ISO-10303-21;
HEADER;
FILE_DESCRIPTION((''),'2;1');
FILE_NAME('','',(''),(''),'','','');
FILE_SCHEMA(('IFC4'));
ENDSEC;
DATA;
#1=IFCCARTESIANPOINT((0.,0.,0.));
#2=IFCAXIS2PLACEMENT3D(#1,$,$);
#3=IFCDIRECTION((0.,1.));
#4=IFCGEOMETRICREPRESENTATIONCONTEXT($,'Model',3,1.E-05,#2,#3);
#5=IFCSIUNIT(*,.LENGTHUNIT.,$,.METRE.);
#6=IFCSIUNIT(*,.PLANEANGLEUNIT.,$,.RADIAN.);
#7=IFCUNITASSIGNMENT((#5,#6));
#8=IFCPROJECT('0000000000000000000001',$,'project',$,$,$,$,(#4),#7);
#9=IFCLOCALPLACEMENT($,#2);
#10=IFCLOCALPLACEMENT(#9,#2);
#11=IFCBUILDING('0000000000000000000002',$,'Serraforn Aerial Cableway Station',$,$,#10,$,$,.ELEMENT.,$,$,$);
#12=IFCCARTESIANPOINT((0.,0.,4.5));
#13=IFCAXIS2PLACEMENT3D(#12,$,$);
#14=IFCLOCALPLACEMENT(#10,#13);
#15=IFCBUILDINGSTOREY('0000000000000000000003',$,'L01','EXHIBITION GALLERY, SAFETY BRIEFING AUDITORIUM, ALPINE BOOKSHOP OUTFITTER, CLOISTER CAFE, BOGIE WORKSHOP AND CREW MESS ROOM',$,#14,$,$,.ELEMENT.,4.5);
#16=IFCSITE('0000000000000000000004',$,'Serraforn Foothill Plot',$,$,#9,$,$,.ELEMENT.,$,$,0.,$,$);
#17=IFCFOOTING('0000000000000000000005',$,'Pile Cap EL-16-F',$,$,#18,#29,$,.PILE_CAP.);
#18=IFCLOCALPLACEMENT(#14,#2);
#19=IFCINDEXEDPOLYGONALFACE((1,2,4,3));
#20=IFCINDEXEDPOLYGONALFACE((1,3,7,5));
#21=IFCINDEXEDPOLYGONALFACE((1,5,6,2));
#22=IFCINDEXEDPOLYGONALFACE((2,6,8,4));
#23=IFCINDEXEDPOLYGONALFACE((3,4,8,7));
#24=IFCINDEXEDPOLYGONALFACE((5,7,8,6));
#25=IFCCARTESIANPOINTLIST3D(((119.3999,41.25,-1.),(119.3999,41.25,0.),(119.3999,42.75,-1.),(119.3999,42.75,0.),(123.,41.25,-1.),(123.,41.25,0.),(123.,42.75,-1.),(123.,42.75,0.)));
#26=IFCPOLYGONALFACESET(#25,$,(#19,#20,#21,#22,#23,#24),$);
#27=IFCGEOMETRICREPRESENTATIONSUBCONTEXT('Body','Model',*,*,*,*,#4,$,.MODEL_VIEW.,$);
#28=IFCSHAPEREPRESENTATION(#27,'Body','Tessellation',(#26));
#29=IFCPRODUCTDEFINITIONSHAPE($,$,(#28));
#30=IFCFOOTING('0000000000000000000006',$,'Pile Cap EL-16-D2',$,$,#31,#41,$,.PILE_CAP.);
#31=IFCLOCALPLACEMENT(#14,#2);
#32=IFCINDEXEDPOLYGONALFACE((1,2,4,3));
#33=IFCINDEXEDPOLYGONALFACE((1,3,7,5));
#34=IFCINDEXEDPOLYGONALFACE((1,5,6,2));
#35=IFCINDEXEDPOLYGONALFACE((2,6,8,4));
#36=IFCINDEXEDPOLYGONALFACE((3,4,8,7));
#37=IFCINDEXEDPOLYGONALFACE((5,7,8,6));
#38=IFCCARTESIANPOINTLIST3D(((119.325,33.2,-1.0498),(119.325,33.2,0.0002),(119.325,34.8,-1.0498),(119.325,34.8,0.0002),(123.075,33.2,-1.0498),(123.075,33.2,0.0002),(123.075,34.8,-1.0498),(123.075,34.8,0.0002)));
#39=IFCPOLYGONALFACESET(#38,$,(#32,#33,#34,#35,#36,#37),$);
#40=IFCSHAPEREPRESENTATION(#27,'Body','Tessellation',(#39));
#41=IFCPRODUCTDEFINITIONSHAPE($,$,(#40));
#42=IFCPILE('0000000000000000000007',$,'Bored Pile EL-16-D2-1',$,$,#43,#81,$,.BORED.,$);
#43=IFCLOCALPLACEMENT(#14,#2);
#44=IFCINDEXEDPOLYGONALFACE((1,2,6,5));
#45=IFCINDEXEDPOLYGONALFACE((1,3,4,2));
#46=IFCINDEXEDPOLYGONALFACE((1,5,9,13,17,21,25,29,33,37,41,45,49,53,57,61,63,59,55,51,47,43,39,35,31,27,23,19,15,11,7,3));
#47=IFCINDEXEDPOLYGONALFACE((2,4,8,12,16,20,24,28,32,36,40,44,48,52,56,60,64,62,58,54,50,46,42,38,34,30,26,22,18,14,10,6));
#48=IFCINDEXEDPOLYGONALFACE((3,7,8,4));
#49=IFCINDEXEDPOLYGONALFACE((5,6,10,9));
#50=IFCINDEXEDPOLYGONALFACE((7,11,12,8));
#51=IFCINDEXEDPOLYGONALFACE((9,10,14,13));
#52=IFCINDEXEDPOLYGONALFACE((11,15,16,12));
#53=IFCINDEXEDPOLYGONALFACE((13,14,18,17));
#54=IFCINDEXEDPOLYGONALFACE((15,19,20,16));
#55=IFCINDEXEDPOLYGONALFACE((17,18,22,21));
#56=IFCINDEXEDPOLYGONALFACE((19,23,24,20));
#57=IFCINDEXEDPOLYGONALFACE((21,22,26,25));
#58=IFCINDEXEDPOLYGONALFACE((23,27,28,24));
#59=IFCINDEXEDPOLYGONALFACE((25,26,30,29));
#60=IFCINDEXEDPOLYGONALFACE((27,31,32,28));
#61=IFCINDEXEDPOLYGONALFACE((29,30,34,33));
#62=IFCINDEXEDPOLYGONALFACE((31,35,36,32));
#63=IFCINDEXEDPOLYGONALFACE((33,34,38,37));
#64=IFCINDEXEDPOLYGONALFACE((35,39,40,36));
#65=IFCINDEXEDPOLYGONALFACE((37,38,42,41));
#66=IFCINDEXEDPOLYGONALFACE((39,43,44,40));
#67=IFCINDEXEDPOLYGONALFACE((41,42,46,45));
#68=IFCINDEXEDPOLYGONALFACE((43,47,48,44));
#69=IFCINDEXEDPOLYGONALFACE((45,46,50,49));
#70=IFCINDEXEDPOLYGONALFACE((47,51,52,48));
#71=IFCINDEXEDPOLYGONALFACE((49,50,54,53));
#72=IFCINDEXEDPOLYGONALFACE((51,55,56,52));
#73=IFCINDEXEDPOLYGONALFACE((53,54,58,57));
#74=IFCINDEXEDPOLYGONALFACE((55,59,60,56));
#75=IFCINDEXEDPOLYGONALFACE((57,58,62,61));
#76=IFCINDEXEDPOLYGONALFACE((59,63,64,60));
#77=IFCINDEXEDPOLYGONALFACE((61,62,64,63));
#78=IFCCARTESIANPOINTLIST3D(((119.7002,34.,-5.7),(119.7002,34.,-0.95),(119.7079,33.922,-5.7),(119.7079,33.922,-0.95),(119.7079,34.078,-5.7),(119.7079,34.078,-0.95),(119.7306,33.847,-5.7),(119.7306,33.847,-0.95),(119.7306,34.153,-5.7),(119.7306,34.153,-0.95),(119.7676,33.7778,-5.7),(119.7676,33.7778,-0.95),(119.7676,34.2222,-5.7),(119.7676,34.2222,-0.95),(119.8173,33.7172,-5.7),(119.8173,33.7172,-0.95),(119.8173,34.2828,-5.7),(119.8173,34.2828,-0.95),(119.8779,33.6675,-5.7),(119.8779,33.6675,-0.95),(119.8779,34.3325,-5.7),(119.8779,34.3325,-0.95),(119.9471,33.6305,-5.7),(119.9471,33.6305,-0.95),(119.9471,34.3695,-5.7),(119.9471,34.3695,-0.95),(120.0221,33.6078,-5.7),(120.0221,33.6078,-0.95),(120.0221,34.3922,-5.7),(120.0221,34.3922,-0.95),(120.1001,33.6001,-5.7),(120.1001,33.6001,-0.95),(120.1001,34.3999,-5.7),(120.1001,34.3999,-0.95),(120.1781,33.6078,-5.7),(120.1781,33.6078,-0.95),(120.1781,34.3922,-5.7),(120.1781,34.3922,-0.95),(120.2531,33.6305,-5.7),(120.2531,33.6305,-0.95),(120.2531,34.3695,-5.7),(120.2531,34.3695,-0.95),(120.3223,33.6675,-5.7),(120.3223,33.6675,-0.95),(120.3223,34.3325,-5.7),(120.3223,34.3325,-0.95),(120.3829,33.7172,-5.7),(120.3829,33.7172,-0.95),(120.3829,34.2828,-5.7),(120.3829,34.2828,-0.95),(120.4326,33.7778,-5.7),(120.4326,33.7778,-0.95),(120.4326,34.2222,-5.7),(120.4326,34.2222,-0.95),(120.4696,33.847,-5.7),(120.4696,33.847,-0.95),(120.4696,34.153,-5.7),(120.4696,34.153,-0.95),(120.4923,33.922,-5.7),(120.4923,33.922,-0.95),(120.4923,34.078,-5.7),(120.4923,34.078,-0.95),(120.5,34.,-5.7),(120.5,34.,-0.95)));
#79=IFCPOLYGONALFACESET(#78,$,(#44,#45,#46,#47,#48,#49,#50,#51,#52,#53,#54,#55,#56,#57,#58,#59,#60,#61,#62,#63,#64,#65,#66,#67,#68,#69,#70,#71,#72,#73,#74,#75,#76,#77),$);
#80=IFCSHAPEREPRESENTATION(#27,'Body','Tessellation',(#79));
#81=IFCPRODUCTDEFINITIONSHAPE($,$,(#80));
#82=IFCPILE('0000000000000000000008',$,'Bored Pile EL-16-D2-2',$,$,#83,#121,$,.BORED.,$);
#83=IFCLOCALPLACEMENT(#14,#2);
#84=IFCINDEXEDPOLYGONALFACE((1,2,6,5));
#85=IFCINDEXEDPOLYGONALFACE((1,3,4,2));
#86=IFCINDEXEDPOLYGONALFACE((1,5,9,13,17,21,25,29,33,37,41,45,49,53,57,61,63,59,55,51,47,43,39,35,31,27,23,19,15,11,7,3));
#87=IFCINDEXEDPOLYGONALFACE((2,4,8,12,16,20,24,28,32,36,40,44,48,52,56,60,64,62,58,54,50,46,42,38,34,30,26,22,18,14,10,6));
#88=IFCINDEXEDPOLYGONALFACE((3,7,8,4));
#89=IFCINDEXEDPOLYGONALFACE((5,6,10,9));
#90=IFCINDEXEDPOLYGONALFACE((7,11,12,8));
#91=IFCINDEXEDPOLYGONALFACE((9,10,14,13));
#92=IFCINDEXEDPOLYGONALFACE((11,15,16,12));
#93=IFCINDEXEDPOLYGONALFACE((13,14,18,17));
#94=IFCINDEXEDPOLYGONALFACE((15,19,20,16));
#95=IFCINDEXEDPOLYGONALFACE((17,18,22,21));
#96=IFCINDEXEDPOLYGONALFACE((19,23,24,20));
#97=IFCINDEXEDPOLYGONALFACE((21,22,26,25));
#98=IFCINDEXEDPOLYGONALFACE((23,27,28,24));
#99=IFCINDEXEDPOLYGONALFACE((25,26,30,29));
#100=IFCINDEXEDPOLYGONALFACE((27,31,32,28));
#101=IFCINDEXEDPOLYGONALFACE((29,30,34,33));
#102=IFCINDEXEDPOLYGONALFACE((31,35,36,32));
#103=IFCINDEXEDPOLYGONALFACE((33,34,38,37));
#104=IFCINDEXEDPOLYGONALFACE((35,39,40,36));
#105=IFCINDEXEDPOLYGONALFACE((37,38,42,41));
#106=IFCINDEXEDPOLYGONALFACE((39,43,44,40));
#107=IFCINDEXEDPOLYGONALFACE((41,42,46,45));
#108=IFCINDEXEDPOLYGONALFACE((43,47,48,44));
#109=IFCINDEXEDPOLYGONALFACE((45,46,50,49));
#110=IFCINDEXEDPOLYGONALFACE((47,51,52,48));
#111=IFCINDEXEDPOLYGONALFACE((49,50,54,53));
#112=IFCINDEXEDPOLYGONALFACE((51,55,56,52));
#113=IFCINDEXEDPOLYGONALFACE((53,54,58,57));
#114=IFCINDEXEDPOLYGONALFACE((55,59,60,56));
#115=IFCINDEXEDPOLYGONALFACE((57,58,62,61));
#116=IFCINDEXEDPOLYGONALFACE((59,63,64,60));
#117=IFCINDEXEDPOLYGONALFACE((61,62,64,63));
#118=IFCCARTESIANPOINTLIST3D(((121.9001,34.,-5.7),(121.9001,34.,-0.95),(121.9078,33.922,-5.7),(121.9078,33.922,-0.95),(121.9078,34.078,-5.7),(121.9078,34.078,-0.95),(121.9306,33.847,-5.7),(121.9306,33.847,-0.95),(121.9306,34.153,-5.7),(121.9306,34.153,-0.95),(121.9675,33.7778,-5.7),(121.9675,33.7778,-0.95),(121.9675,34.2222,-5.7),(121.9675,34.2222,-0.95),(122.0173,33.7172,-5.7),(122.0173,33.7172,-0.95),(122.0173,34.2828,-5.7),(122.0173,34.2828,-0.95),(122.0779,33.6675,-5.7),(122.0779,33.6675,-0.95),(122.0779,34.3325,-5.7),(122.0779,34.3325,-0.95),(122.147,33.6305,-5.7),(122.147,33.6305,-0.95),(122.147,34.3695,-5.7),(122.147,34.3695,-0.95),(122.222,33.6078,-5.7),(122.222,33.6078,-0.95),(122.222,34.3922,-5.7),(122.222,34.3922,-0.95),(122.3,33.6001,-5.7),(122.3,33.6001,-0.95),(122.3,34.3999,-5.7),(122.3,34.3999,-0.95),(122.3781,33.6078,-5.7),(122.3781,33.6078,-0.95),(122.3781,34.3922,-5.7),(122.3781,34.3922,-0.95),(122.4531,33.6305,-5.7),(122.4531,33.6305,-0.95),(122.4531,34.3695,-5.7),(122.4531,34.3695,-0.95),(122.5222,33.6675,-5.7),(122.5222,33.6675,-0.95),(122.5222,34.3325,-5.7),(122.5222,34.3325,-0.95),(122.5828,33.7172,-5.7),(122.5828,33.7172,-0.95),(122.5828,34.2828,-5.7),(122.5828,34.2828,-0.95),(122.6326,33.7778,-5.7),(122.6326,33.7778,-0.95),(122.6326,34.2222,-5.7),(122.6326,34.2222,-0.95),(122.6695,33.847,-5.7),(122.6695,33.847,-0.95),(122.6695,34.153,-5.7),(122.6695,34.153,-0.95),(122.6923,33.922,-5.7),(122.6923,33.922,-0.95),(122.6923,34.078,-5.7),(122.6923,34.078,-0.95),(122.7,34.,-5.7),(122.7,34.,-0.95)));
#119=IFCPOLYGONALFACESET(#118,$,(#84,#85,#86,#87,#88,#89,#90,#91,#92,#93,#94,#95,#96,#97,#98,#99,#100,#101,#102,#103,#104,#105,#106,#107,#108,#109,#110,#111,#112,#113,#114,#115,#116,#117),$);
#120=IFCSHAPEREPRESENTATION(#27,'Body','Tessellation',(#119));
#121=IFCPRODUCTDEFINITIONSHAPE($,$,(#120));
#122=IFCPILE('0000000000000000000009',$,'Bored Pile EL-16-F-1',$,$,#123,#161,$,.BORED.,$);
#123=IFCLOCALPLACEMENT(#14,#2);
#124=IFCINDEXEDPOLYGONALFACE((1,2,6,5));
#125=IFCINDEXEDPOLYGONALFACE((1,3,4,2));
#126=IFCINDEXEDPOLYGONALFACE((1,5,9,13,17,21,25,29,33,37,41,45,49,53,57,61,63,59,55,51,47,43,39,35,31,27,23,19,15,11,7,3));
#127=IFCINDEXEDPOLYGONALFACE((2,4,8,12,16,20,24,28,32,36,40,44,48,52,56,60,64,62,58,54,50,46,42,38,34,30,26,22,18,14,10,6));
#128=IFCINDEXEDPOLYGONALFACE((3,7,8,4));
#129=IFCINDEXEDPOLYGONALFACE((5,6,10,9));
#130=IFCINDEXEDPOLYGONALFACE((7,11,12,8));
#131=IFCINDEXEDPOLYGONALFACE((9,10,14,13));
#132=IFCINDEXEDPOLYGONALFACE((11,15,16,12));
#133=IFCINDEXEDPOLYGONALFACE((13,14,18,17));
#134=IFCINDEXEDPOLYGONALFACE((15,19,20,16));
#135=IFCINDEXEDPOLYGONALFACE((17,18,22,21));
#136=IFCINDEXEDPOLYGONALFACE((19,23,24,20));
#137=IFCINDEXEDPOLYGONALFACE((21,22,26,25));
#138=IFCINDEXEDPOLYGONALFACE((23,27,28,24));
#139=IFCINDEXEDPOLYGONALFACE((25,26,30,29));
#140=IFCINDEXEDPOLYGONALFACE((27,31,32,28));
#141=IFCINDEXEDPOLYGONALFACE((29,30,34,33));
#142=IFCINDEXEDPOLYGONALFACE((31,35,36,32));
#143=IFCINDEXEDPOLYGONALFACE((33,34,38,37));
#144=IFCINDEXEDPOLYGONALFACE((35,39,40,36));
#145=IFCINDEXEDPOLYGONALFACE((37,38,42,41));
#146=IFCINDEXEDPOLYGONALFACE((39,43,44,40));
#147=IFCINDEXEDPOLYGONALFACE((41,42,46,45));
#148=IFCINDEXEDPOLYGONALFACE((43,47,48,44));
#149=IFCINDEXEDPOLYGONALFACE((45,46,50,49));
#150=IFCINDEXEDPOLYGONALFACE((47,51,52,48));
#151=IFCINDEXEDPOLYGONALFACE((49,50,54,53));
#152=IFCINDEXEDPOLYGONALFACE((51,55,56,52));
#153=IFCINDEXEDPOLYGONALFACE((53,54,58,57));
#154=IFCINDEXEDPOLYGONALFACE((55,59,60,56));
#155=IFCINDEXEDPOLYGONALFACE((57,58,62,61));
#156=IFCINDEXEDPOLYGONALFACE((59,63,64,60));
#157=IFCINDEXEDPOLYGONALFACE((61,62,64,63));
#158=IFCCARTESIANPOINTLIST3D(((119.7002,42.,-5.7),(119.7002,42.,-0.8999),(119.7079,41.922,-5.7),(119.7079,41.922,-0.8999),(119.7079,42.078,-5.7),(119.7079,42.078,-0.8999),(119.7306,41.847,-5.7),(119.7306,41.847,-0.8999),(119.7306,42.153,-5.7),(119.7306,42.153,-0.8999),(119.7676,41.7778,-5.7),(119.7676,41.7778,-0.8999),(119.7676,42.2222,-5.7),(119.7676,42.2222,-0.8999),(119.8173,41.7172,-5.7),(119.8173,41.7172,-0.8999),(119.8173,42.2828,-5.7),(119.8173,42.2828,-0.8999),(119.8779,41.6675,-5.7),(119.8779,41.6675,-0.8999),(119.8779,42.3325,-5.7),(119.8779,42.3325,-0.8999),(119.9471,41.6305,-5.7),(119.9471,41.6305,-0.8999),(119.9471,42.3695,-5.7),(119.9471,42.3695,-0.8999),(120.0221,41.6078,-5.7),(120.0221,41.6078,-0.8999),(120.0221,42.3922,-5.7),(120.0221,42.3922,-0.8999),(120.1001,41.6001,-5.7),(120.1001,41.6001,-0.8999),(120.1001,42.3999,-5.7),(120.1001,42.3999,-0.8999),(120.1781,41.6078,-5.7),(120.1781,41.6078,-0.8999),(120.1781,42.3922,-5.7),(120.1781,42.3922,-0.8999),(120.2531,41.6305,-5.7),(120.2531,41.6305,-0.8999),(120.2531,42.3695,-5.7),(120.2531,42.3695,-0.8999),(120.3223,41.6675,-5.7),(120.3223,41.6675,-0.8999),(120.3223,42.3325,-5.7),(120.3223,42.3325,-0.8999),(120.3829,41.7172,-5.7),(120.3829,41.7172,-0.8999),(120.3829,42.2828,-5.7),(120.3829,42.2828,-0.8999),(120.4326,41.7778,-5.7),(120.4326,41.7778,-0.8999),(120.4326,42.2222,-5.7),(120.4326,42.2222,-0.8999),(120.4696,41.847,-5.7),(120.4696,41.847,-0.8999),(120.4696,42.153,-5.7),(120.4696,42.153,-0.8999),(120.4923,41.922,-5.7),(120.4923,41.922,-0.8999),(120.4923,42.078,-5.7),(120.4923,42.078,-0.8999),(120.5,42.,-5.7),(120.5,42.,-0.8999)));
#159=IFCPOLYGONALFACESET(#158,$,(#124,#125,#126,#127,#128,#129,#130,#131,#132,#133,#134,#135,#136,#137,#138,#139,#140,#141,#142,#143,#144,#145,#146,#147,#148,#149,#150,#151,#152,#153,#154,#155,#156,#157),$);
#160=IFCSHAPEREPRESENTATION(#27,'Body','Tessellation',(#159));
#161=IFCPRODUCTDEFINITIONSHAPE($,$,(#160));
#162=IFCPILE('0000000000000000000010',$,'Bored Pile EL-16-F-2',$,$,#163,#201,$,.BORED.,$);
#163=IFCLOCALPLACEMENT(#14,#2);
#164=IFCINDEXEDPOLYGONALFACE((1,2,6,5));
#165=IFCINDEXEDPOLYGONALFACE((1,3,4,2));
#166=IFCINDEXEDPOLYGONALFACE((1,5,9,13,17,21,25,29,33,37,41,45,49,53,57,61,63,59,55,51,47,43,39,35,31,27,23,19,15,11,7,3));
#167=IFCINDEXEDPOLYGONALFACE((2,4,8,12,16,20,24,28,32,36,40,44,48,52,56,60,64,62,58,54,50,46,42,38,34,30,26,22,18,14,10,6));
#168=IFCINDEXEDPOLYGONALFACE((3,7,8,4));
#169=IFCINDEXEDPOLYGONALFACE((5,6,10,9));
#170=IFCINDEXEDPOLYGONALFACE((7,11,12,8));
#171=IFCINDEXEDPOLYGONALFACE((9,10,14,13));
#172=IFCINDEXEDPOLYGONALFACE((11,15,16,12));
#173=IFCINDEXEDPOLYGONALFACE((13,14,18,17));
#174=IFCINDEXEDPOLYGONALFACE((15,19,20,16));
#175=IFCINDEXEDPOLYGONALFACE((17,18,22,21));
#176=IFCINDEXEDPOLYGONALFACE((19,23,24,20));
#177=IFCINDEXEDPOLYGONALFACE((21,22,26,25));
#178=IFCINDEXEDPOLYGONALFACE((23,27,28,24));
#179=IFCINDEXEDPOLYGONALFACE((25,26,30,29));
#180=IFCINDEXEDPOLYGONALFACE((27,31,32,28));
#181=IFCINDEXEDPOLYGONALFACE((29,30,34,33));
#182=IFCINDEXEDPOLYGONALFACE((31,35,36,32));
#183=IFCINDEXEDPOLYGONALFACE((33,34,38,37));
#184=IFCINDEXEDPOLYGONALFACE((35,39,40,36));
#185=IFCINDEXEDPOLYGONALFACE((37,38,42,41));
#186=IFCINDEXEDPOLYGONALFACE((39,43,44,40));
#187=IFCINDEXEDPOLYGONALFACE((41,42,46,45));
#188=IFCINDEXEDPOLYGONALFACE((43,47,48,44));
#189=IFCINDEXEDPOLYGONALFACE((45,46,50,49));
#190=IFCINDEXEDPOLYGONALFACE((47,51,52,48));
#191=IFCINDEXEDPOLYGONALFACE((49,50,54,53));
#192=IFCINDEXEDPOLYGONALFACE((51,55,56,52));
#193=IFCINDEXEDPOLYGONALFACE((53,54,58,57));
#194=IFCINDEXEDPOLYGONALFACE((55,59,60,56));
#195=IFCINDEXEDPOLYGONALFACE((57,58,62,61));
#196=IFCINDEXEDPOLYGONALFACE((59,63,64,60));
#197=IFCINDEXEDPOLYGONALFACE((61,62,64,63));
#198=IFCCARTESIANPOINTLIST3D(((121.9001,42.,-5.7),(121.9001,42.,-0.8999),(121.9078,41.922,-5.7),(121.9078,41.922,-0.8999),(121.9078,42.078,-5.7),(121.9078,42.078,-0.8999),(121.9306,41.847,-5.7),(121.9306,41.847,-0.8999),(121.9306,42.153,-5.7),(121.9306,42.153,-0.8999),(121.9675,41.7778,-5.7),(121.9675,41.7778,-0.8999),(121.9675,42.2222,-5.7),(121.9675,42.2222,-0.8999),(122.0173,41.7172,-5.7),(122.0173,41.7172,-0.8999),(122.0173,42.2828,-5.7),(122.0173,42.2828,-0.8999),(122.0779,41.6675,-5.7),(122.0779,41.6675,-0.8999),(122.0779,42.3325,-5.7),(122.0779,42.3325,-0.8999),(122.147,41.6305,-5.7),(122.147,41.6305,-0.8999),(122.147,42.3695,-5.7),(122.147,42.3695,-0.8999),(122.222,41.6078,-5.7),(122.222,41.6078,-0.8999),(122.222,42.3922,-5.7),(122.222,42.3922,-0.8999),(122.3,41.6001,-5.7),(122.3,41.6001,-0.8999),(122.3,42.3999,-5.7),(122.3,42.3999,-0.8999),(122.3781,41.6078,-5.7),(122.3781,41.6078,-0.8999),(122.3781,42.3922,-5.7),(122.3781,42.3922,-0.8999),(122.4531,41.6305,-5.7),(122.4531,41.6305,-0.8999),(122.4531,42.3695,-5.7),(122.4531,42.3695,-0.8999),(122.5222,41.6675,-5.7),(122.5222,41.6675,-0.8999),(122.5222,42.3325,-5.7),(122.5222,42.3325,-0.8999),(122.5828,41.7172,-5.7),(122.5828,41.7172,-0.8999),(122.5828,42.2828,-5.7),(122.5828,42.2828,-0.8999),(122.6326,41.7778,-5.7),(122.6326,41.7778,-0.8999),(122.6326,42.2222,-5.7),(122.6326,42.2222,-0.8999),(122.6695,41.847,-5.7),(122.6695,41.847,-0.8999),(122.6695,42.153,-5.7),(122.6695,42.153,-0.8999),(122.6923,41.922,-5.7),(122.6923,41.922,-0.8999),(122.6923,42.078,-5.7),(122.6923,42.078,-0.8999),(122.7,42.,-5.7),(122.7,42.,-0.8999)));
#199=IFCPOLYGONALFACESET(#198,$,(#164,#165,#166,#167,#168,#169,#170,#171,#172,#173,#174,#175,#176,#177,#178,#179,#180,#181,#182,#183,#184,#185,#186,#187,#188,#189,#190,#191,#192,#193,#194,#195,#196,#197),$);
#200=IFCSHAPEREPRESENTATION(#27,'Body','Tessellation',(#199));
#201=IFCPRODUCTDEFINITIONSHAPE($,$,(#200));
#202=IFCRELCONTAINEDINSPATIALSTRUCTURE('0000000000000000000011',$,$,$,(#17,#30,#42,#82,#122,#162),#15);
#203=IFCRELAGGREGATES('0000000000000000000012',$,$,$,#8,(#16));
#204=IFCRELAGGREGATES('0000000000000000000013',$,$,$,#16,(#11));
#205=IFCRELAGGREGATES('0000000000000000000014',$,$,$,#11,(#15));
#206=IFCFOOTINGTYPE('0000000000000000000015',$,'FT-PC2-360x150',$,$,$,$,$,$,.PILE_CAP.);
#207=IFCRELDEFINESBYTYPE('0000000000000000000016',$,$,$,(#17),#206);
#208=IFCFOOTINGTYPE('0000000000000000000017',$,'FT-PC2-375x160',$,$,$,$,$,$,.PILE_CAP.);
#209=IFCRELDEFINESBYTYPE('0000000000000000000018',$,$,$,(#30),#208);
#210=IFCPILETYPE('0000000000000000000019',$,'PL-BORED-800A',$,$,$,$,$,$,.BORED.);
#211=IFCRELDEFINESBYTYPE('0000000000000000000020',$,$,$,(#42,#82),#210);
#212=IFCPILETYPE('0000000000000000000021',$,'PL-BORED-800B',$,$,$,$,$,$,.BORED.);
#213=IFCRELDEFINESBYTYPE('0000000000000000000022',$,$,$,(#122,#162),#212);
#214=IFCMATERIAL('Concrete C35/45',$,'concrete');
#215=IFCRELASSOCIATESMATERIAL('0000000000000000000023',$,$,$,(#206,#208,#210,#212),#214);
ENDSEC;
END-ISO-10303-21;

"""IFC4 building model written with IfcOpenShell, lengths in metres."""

from ifc_helpers import new_model, si_unit, direction, frame, origin, origin_2d, place, context, subcontext, project, spatial, rectangle, circle, extrude, material, material_profile, profile_set, type_object, element, save


model = new_model("IFC4")

# Units and contexts
model_context = context("Model", 3, precision=1e-05, world=origin(), true_north=direction((0.0, 1.0)))
body_context = subcontext(model_context, "Body", "Model", "MODEL_VIEW")
ifc_project = project(units=[si_unit("LENGTHUNIT", "METRE"), si_unit("PLANEANGLEUNIT", "RADIAN")], contexts=[model_context])

# Site, building, storey
site_placement = place(None, origin())
site = spatial("IfcSite", under=ifc_project, at=site_placement, Name="Serraforn Foothill Plot", CompositionType="ELEMENT", RefElevation=0.0)
building_placement = place(site_placement, origin())
building = spatial("IfcBuilding", under=site, at=building_placement, Name="Serraforn Aerial Cableway Station", CompositionType="ELEMENT")
storey_placement = place(building_placement, frame((0.0, 0.0, 4.5)))
storey = spatial("IfcBuildingStorey", under=building, at=storey_placement, Name="L01", Description="EXHIBITION GALLERY, SAFETY BRIEFING AUDITORIUM, ALPINE BOOKSHOP OUTFITTER, CLOISTER CAFE, BOGIE WORKSHOP AND CREW MESS ROOM", CompositionType="ELEMENT", Elevation=4.5)

# Footings
ifc_material_1 = material(Name="Concrete C35/45", Category="concrete")
footing_type_1 = type_object("IfcFootingType", Name="FT-PC2-360x150", PredefinedType="PILE_CAP", material=ifc_material_1)
footing_1_placement = place(storey_placement, frame((121.2, 42.0, -1.0), z_axis=(0.0, 0.0, 1.0), x_axis=(1.0, 0.0, 0.0)))
element("IfcFooting", 1, at=footing_1_placement, inside=storey, type_object=footing_type_1, Name="Pile Cap EL-16-F", PredefinedType="PILE_CAP", context=body_context, shape_type="SweptSolid", body=[
    extrude(rectangle(XDim=3.6001, YDim=1.5, at=origin_2d()), origin(), (0.0, 0.0, 1.0), 1.0),
])
footing_type_2 = type_object("IfcFootingType", Name="FT-PC2-375x160", PredefinedType="PILE_CAP", material=ifc_material_1)
footing_2_placement = place(storey_placement, frame((121.2, 34.0, -1.0498), z_axis=(0.0, 0.0, 1.0), x_axis=(1.0, 0.0, 0.0)))
element("IfcFooting", 2, at=footing_2_placement, inside=storey, type_object=footing_type_2, Name="Pile Cap EL-16-D2", PredefinedType="PILE_CAP", context=body_context, shape_type="SweptSolid", body=[
    extrude(rectangle(XDim=3.75, YDim=1.6001, at=origin_2d()), origin(), (0.0, 0.0, 1.0), 1.05),
])

# Piles
ifc_material_profile_1 = material_profile(ifc_material_1, circle(Radius=0.3999, at=origin_2d()), Name="BORED PILE D800")
ifc_profile_set_1 = profile_set([ifc_material_profile_1], Name="Concrete C35/45")
pile_type_1 = type_object("IfcPileType", Name="PL-BORED-800A", PredefinedType="BORED", material=ifc_profile_set_1)
for number, where, z_axis, x_axis, name in (
    (3, (120.1001, 34.0, -0.95), (0.0, 0.0, -1.0), (1.0, 0.0, 0.0), "Bored Pile EL-16-D2-1"),
    (4, (122.3, 34.0, -0.95), (0.0, 0.0, -1.0), (1.0, 0.0, 0.0), "Bored Pile EL-16-D2-2"),
):
    element("IfcPile", number, at=place(storey_placement, frame(where, z_axis=z_axis, x_axis=x_axis)), inside=storey, type_object=pile_type_1, Name=name, PredefinedType="BORED", context=body_context, shape_type="SweptSolid", body=[
        extrude(circle(Radius=0.3999, at=origin_2d()), origin(), (0.0, 0.0, 1.0), 4.75),
    ])
ifc_material_profile_2 = material_profile(ifc_material_1, circle(Radius=0.3999, at=origin_2d()), Name="BORED PILE D800")
ifc_profile_set_2 = profile_set([ifc_material_profile_2], Name="Concrete C35/45")
pile_type_2 = type_object("IfcPileType", Name="PL-BORED-800B", PredefinedType="BORED", material=ifc_profile_set_2)
for number, where, z_axis, x_axis, name in (
    (5, (120.1001, 42.0, -0.8999), (0.0, 0.0, -1.0), (1.0, 0.0, 0.0), "Bored Pile EL-16-F-1"),
    (6, (122.3, 42.0, -0.8999), (0.0, 0.0, -1.0), (1.0, 0.0, 0.0), "Bored Pile EL-16-F-2"),
):
    element("IfcPile", number, at=place(storey_placement, frame(where, z_axis=z_axis, x_axis=x_axis)), inside=storey, type_object=pile_type_2, Name=name, PredefinedType="BORED", context=body_context, shape_type="SweptSolid", body=[
        extrude(circle(Radius=0.3999, at=origin_2d()), origin(), (0.0, 0.0, 1.0), 4.8),
    ])

save(model, "model.ifc")
